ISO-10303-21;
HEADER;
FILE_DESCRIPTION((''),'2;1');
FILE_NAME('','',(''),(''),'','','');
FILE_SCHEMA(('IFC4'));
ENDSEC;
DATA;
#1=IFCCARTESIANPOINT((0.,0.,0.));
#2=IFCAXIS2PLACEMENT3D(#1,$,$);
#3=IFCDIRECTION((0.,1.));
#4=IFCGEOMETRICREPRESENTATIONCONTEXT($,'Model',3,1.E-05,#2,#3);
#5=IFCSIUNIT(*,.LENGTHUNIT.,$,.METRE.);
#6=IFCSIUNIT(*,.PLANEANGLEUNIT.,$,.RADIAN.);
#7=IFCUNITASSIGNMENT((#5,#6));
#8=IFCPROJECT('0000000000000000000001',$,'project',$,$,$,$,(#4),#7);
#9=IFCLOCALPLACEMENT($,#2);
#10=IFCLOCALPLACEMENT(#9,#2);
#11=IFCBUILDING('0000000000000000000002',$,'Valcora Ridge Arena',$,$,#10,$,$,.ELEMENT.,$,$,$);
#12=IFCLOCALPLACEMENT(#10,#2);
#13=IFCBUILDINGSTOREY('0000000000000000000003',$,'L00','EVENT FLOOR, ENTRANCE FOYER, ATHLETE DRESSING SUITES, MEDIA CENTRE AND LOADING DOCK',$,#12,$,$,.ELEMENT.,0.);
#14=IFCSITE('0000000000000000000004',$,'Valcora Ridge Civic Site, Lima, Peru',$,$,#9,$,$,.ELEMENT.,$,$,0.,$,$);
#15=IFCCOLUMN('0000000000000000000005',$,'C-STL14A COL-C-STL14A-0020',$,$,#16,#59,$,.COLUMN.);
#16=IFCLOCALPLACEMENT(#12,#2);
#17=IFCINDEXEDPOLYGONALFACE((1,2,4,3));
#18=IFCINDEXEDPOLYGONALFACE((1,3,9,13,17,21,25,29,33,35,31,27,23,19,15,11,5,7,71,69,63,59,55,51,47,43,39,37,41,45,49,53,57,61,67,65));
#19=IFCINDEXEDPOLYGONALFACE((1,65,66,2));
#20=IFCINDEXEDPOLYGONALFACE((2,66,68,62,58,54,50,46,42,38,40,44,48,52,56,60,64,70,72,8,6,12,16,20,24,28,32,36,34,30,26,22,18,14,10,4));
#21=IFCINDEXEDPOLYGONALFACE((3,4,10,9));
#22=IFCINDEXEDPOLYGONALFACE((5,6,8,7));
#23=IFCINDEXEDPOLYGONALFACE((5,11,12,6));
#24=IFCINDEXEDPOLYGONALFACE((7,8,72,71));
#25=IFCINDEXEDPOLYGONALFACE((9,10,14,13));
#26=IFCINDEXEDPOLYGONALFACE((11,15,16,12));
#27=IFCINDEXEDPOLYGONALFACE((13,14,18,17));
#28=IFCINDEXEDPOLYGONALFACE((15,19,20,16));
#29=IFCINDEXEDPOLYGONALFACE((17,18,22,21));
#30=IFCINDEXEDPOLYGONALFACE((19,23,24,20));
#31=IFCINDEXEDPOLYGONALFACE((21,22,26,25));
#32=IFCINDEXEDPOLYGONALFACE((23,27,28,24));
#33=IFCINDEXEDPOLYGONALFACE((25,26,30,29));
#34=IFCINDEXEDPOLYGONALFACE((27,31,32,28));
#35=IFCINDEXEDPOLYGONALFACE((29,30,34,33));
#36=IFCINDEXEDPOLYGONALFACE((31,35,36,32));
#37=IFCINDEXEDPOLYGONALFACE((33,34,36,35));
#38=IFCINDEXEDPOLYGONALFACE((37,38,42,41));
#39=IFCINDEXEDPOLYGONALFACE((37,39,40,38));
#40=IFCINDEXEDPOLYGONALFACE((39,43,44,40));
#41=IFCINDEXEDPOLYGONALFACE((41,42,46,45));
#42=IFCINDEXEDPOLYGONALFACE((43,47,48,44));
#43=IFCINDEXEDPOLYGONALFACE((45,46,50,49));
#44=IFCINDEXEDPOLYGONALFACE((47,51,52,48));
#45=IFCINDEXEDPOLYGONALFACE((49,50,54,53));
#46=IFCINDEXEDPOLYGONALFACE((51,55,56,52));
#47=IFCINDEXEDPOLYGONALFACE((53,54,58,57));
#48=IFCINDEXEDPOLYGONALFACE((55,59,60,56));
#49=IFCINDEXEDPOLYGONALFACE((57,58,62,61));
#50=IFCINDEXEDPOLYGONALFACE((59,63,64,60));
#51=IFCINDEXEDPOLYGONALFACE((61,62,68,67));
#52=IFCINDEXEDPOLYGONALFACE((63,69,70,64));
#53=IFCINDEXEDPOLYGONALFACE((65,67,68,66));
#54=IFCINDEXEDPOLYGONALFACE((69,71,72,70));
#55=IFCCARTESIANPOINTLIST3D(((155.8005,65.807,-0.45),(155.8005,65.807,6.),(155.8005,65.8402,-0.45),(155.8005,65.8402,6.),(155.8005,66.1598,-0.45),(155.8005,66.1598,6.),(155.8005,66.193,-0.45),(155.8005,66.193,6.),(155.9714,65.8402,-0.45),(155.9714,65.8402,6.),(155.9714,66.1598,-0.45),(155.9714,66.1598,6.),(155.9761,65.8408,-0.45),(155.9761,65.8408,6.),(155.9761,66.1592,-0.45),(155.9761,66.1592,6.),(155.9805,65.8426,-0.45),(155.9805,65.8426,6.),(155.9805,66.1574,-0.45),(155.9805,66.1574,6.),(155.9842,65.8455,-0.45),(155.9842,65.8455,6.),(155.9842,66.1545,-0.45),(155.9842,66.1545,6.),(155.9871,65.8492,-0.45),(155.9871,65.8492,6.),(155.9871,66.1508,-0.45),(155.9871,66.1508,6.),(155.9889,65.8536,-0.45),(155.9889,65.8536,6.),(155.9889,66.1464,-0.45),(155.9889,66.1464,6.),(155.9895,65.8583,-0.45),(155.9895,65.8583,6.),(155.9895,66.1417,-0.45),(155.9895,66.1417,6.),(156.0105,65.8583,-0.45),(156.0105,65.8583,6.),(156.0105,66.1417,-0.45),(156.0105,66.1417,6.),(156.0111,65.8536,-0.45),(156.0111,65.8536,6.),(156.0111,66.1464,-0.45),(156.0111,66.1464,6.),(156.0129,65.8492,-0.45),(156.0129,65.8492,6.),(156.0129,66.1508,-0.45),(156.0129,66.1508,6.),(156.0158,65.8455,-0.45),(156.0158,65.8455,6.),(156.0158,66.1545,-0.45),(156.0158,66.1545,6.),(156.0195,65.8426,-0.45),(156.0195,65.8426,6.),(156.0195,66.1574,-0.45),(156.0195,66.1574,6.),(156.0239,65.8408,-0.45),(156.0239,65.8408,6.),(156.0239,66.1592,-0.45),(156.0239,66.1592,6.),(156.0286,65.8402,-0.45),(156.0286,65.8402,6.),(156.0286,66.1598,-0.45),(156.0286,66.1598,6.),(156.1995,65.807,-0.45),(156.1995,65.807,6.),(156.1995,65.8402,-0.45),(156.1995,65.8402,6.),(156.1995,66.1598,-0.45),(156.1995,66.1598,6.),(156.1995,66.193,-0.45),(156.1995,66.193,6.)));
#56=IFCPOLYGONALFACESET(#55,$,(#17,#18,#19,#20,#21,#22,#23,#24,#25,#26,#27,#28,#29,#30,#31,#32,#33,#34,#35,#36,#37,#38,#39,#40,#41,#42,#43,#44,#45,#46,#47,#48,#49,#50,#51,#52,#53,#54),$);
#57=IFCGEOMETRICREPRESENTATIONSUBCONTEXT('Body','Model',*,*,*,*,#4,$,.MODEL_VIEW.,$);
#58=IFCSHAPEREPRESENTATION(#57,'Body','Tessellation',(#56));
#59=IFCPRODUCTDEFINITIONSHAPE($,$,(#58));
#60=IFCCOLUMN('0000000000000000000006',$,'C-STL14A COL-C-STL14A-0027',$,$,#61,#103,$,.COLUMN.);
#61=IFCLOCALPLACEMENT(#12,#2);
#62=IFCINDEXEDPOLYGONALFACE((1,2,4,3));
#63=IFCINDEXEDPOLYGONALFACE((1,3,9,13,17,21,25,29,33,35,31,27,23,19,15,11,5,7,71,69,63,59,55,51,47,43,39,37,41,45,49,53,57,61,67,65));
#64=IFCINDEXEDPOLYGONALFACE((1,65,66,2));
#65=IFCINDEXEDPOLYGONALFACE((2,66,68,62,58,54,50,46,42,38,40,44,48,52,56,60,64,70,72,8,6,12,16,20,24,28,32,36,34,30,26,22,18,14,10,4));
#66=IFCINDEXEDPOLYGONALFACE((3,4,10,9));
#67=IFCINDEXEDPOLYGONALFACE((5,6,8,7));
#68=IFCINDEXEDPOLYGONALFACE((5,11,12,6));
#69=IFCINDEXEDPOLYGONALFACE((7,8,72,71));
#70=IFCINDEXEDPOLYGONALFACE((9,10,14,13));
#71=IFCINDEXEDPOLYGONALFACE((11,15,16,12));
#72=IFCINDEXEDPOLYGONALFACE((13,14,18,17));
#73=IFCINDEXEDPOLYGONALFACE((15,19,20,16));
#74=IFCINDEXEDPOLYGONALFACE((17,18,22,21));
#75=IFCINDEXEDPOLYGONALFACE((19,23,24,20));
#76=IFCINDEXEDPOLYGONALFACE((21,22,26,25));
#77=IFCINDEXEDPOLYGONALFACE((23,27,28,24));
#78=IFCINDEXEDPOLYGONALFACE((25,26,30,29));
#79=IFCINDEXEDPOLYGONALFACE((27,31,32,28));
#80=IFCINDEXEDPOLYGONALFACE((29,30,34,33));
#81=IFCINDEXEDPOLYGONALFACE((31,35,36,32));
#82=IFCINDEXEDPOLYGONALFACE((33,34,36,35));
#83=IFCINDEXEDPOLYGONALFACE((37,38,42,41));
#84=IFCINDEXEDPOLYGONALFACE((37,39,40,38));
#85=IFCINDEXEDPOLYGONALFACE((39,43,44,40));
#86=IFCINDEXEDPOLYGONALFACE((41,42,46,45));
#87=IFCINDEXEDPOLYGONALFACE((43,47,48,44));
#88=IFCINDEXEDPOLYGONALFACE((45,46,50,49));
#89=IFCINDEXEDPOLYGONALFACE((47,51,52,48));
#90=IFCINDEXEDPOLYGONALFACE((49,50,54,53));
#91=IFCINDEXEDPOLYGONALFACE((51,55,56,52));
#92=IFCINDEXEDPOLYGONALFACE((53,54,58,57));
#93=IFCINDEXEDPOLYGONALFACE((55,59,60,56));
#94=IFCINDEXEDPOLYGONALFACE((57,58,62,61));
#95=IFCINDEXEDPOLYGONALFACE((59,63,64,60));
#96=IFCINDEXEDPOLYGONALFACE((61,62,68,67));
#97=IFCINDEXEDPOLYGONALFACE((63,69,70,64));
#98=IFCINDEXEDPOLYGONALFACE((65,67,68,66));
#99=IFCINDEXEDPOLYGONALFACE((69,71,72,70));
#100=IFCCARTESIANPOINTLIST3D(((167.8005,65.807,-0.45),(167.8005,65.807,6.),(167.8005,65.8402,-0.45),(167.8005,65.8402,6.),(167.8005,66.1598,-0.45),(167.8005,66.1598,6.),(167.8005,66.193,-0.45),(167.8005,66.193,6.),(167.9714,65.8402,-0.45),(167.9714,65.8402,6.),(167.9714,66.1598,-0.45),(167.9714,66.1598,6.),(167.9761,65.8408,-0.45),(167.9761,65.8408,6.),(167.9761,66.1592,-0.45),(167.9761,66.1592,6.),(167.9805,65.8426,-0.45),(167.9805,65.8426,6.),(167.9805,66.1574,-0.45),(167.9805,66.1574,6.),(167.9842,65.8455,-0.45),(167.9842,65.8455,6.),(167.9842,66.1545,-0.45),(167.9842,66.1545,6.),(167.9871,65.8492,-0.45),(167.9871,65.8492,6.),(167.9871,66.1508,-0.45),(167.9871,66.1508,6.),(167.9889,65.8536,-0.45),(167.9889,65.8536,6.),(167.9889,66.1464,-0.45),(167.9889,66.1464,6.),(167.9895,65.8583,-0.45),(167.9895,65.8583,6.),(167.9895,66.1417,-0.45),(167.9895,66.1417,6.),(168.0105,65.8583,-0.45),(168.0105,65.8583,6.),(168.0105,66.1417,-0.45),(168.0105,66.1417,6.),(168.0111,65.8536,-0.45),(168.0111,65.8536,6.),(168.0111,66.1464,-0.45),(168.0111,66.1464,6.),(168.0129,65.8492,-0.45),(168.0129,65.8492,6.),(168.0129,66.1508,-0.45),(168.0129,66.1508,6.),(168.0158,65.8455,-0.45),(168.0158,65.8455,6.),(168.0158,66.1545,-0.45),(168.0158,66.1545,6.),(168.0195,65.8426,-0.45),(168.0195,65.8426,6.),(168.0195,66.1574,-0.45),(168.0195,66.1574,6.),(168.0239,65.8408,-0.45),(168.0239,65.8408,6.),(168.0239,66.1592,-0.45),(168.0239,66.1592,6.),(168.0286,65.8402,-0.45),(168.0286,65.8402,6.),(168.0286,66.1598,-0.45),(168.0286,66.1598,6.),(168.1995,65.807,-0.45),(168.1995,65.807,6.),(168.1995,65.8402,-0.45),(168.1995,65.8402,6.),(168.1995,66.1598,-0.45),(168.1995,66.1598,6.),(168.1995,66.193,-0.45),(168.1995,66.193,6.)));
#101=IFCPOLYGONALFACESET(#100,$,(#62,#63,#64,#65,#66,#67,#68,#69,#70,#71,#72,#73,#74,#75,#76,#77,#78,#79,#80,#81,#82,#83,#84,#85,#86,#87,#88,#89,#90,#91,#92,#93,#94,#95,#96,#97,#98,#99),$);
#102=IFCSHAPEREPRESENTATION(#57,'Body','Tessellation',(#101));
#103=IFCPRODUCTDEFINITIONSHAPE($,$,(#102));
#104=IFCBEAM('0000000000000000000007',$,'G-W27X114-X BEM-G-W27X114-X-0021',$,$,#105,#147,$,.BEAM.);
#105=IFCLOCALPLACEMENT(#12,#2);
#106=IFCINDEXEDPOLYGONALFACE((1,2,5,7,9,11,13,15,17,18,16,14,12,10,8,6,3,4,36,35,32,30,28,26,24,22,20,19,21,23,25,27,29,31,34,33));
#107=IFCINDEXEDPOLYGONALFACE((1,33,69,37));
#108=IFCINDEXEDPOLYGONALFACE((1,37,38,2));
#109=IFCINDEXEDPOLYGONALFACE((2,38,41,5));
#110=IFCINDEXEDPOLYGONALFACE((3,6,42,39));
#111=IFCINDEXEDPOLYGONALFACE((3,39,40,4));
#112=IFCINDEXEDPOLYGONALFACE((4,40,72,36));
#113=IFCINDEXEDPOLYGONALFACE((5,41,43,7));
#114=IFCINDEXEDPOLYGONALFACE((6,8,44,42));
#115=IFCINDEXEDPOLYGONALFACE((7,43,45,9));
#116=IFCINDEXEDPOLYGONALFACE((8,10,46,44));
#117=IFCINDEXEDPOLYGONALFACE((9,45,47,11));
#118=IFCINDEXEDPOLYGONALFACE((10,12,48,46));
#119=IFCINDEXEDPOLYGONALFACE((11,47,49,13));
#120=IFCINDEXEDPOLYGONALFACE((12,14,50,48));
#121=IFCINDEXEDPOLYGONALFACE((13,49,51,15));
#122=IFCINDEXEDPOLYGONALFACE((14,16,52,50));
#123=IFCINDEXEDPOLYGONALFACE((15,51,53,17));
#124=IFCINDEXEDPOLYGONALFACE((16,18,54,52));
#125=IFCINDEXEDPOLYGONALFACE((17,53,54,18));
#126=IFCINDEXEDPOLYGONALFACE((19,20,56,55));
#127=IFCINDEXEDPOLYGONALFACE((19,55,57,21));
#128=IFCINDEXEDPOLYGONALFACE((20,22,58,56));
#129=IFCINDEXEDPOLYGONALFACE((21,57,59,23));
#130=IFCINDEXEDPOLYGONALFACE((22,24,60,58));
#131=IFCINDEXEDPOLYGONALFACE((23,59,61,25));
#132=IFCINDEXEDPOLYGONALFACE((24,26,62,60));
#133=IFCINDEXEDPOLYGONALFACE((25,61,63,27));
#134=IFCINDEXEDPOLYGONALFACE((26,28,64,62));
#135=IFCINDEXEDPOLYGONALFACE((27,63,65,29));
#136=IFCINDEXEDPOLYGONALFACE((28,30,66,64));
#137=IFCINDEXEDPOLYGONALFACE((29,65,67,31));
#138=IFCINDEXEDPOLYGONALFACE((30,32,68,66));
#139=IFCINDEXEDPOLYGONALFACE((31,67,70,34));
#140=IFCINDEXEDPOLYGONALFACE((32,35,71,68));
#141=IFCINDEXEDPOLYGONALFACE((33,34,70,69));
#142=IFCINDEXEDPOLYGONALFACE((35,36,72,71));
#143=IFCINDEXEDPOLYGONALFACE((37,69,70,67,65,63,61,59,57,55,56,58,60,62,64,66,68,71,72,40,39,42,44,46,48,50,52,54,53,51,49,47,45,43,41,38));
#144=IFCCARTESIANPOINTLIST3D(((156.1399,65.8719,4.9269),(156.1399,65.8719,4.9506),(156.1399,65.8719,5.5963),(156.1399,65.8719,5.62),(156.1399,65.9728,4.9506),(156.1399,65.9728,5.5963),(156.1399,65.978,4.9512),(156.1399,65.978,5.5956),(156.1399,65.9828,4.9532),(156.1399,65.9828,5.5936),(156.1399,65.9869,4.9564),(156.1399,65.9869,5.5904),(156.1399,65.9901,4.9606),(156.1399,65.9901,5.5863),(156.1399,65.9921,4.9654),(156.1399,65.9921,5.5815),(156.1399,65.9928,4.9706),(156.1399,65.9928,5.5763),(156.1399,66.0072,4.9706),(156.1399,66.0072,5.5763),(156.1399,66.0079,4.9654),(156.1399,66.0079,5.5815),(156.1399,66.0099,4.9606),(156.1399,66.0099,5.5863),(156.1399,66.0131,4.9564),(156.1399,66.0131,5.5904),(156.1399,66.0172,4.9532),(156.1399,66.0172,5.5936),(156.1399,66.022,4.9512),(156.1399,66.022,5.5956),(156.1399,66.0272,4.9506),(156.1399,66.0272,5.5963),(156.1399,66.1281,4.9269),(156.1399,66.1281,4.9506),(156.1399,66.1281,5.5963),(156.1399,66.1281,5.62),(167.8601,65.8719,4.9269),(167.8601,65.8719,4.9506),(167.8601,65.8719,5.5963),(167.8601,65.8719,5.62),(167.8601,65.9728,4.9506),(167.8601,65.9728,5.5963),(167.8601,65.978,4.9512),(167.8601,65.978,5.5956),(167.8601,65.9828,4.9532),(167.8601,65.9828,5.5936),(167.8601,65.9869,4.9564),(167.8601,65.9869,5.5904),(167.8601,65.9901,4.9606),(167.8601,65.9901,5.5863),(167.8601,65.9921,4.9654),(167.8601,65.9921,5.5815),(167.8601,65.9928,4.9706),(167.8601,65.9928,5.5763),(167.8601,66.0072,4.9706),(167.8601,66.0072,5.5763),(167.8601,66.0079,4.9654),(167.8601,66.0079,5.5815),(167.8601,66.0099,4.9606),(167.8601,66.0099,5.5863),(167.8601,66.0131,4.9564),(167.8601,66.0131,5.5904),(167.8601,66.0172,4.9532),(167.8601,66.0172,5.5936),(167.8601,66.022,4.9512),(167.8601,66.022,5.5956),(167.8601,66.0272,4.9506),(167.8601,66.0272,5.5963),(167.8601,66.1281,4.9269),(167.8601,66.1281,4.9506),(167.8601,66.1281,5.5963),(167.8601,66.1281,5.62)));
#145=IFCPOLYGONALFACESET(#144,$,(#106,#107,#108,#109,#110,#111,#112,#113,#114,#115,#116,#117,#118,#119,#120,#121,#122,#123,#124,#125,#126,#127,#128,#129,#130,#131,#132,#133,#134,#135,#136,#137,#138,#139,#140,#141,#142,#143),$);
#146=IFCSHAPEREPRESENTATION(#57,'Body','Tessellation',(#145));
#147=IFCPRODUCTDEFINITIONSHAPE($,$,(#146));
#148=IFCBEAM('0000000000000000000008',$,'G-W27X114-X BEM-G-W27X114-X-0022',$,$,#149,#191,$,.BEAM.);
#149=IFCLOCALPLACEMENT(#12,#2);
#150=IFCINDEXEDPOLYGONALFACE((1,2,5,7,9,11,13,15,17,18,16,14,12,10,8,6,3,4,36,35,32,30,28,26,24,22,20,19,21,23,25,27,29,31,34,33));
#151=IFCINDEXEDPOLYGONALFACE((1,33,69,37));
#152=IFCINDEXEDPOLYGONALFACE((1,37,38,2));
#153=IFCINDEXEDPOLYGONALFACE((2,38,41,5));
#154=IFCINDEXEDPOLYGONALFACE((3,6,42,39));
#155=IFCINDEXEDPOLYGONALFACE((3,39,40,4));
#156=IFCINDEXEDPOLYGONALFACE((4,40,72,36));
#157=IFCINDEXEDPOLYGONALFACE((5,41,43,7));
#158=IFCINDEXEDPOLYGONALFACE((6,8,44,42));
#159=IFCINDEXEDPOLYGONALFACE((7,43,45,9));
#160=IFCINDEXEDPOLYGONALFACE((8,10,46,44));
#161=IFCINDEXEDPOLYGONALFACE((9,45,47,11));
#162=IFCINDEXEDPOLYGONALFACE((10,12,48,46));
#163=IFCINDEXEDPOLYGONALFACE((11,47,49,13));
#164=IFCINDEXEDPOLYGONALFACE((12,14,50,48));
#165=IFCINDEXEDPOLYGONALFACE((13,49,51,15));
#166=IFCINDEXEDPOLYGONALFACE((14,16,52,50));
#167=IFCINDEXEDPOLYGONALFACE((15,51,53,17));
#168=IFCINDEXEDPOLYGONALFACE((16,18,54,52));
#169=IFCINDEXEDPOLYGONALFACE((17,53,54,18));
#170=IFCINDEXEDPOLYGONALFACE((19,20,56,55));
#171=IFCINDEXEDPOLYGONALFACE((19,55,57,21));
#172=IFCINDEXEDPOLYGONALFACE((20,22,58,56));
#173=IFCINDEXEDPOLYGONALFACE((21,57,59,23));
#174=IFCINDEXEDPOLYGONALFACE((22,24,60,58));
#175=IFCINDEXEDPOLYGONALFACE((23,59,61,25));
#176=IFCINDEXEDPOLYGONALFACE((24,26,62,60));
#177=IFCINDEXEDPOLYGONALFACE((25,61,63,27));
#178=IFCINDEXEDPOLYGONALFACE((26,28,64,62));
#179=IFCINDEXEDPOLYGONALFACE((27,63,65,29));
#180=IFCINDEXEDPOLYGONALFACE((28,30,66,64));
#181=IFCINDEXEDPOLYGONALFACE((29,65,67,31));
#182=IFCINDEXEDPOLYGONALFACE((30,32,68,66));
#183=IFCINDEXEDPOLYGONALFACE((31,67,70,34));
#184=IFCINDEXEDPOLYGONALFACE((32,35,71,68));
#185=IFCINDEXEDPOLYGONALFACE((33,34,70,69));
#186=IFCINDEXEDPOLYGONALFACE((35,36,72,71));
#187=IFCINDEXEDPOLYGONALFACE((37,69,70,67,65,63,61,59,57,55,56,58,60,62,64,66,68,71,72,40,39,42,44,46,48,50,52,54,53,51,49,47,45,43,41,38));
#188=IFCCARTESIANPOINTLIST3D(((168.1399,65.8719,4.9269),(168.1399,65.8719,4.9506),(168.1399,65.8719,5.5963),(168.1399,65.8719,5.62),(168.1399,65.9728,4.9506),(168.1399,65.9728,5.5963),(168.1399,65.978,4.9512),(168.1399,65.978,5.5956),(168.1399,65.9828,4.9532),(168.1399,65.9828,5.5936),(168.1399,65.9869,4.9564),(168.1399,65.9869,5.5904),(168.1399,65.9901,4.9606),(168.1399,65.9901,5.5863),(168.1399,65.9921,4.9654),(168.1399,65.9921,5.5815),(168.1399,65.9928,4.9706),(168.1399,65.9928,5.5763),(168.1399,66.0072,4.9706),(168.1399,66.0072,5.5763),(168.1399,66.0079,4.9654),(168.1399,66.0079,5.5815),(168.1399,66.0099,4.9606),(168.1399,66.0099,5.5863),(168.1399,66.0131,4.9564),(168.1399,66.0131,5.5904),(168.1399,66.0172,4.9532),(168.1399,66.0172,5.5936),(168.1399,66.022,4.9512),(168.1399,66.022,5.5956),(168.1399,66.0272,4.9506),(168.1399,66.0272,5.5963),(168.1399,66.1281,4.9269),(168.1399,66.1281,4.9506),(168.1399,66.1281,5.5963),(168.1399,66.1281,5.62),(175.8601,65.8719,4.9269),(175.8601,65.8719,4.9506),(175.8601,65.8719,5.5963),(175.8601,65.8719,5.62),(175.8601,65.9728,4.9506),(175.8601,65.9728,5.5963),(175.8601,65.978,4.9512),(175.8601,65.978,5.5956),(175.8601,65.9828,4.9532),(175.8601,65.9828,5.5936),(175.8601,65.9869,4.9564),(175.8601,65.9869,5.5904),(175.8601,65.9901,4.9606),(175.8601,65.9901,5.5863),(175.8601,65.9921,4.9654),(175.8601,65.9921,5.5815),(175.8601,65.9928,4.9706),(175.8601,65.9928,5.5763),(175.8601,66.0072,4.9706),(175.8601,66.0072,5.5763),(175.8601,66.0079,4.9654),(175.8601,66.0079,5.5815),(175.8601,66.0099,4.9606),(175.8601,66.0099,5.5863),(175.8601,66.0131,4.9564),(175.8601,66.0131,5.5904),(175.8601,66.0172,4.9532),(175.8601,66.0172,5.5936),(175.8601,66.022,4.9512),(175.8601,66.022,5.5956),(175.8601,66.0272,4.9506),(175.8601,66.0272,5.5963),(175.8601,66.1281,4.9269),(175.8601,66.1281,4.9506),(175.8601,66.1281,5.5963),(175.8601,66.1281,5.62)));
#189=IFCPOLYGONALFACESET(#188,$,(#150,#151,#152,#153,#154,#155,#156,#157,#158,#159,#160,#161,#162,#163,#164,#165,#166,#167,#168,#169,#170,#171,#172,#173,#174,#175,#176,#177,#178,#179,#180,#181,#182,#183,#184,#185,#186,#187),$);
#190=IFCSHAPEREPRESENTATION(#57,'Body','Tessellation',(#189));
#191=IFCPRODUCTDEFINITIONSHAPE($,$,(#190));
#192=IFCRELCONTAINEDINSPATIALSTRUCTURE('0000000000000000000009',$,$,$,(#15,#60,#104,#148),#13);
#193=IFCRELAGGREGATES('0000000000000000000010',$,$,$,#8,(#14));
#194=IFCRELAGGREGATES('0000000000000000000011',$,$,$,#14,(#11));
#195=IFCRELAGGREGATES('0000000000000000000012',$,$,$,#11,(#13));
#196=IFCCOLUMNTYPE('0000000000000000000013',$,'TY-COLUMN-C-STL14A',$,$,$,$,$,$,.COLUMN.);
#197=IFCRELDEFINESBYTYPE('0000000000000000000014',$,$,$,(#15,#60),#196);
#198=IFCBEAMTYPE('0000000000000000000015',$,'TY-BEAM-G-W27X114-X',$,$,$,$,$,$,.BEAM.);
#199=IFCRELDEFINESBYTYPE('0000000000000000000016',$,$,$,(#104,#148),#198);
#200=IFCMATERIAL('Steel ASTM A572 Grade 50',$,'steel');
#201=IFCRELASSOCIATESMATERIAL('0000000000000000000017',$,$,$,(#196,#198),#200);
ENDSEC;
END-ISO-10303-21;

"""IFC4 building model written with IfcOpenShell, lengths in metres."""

from ifc_helpers import new_model, si_unit, direction, frame, origin, origin_2d, place, context, subcontext, project, spatial, i_section, extrude, material, material_profile, profile_set, type_object, element, save


model = new_model("IFC4")

# Units and contexts
model_context = context("Model", 3, precision=1e-05, world=origin(), true_north=direction((0.0, 1.0)))
body_context = subcontext(model_context, "Body", "Model", "MODEL_VIEW")
ifc_project = project(units=[si_unit("LENGTHUNIT", "METRE"), si_unit("PLANEANGLEUNIT", "RADIAN")], contexts=[model_context])

# Site, building, storey
site_placement = place(None, origin())
site = spatial("IfcSite", under=ifc_project, at=site_placement, Name="Valcora Ridge Civic Site, Lima, Peru", CompositionType="ELEMENT", RefElevation=0.0)
building_placement = place(site_placement, origin())
building = spatial("IfcBuilding", under=site, at=building_placement, Name="Valcora Ridge Arena", CompositionType="ELEMENT")
storey_placement = place(building_placement, origin())
storey = spatial("IfcBuildingStorey", under=building, at=storey_placement, Name="L00", Description="EVENT FLOOR, ENTRANCE FOYER, ATHLETE DRESSING SUITES, MEDIA CENTRE AND LOADING DOCK", CompositionType="ELEMENT", Elevation=0.0)

# Columns
ifc_material_1 = material(Name="Steel ASTM A572 Grade 50", Category="steel")
ifc_material_profile_1 = material_profile(ifc_material_1, i_section(OverallWidth=0.3989, OverallDepth=0.386, WebThickness=0.021, FlangeThickness=0.0332, FilletRadius=0.0181, at=origin_2d()), Name="W14X176")
ifc_profile_set_1 = profile_set([ifc_material_profile_1], Name="Steel ASTM A572 Grade 50")
column_type = type_object("IfcColumnType", Name="TY-COLUMN-C-STL14A", PredefinedType="COLUMN", material=ifc_profile_set_1)
for number, where, z_axis, x_axis, name in (
    (1, (156.0, 66.0, -0.45), (0.0, 0.0, 1.0), (1.0, 0.0, 0.0), "C-STL14A COL-C-STL14A-0020"),
    (2, (168.0, 66.0, -0.45), (0.0, 0.0, 1.0), (1.0, 0.0, 0.0), "C-STL14A COL-C-STL14A-0027"),
):
    element("IfcColumn", number, at=place(storey_placement, frame(where, z_axis=z_axis, x_axis=x_axis)), inside=storey, type_object=column_type, Name=name, PredefinedType="COLUMN", context=body_context, shape_type="SweptSolid", body=[
        extrude(i_section(OverallWidth=0.3989, OverallDepth=0.386, WebThickness=0.021, FlangeThickness=0.0332, FilletRadius=0.0181, at=origin_2d()), origin(), (0.0, 0.0, 1.0), 6.45),
    ])

# Beams
ifc_material_profile_2 = material_profile(ifc_material_1, i_section(OverallWidth=0.2561, OverallDepth=0.6931, WebThickness=0.0144, FlangeThickness=0.0237, FilletRadius=0.02, at=origin_2d()), Name="W27X114")
ifc_profile_set_2 = profile_set([ifc_material_profile_2], Name="Steel ASTM A572 Grade 50")
beam_type_1 = type_object("IfcBeamType", Name="TY-BEAM-G-W27X114-X", PredefinedType="BEAM", material=ifc_profile_set_2)
beam_1_placement = place(storey_placement, frame((156.1399, 66.0, 5.2734), z_axis=(1.0, 0.0, 0.0), x_axis=(0.0, 1.0, 0.0)))
element("IfcBeam", 3, at=beam_1_placement, inside=storey, type_object=beam_type_1, Name="G-W27X114-X BEM-G-W27X114-X-0021", PredefinedType="BEAM", context=body_context, shape_type="SweptSolid", body=[
    extrude(i_section(OverallWidth=0.2561, OverallDepth=0.6931, WebThickness=0.0144, FlangeThickness=0.0237, FilletRadius=0.02, at=origin_2d()), origin(), (0.0, 0.0, 1.0), 11.7202),
])
beam_2_placement = place(storey_placement, frame((168.1399, 66.0, 5.2734), z_axis=(1.0, 0.0, 0.0), x_axis=(0.0, 1.0, 0.0)))
element("IfcBeam", 4, at=beam_2_placement, inside=storey, type_object=beam_type_1, Name="G-W27X114-X BEM-G-W27X114-X-0022", PredefinedType="BEAM", context=body_context, shape_type="SweptSolid", body=[
    extrude(i_section(OverallWidth=0.2561, OverallDepth=0.6931, WebThickness=0.0144, FlangeThickness=0.0237, FilletRadius=0.02, at=origin_2d()), origin(), (0.0, 0.0, 1.0), 7.7202),
])

save(model, "model.ifc")
